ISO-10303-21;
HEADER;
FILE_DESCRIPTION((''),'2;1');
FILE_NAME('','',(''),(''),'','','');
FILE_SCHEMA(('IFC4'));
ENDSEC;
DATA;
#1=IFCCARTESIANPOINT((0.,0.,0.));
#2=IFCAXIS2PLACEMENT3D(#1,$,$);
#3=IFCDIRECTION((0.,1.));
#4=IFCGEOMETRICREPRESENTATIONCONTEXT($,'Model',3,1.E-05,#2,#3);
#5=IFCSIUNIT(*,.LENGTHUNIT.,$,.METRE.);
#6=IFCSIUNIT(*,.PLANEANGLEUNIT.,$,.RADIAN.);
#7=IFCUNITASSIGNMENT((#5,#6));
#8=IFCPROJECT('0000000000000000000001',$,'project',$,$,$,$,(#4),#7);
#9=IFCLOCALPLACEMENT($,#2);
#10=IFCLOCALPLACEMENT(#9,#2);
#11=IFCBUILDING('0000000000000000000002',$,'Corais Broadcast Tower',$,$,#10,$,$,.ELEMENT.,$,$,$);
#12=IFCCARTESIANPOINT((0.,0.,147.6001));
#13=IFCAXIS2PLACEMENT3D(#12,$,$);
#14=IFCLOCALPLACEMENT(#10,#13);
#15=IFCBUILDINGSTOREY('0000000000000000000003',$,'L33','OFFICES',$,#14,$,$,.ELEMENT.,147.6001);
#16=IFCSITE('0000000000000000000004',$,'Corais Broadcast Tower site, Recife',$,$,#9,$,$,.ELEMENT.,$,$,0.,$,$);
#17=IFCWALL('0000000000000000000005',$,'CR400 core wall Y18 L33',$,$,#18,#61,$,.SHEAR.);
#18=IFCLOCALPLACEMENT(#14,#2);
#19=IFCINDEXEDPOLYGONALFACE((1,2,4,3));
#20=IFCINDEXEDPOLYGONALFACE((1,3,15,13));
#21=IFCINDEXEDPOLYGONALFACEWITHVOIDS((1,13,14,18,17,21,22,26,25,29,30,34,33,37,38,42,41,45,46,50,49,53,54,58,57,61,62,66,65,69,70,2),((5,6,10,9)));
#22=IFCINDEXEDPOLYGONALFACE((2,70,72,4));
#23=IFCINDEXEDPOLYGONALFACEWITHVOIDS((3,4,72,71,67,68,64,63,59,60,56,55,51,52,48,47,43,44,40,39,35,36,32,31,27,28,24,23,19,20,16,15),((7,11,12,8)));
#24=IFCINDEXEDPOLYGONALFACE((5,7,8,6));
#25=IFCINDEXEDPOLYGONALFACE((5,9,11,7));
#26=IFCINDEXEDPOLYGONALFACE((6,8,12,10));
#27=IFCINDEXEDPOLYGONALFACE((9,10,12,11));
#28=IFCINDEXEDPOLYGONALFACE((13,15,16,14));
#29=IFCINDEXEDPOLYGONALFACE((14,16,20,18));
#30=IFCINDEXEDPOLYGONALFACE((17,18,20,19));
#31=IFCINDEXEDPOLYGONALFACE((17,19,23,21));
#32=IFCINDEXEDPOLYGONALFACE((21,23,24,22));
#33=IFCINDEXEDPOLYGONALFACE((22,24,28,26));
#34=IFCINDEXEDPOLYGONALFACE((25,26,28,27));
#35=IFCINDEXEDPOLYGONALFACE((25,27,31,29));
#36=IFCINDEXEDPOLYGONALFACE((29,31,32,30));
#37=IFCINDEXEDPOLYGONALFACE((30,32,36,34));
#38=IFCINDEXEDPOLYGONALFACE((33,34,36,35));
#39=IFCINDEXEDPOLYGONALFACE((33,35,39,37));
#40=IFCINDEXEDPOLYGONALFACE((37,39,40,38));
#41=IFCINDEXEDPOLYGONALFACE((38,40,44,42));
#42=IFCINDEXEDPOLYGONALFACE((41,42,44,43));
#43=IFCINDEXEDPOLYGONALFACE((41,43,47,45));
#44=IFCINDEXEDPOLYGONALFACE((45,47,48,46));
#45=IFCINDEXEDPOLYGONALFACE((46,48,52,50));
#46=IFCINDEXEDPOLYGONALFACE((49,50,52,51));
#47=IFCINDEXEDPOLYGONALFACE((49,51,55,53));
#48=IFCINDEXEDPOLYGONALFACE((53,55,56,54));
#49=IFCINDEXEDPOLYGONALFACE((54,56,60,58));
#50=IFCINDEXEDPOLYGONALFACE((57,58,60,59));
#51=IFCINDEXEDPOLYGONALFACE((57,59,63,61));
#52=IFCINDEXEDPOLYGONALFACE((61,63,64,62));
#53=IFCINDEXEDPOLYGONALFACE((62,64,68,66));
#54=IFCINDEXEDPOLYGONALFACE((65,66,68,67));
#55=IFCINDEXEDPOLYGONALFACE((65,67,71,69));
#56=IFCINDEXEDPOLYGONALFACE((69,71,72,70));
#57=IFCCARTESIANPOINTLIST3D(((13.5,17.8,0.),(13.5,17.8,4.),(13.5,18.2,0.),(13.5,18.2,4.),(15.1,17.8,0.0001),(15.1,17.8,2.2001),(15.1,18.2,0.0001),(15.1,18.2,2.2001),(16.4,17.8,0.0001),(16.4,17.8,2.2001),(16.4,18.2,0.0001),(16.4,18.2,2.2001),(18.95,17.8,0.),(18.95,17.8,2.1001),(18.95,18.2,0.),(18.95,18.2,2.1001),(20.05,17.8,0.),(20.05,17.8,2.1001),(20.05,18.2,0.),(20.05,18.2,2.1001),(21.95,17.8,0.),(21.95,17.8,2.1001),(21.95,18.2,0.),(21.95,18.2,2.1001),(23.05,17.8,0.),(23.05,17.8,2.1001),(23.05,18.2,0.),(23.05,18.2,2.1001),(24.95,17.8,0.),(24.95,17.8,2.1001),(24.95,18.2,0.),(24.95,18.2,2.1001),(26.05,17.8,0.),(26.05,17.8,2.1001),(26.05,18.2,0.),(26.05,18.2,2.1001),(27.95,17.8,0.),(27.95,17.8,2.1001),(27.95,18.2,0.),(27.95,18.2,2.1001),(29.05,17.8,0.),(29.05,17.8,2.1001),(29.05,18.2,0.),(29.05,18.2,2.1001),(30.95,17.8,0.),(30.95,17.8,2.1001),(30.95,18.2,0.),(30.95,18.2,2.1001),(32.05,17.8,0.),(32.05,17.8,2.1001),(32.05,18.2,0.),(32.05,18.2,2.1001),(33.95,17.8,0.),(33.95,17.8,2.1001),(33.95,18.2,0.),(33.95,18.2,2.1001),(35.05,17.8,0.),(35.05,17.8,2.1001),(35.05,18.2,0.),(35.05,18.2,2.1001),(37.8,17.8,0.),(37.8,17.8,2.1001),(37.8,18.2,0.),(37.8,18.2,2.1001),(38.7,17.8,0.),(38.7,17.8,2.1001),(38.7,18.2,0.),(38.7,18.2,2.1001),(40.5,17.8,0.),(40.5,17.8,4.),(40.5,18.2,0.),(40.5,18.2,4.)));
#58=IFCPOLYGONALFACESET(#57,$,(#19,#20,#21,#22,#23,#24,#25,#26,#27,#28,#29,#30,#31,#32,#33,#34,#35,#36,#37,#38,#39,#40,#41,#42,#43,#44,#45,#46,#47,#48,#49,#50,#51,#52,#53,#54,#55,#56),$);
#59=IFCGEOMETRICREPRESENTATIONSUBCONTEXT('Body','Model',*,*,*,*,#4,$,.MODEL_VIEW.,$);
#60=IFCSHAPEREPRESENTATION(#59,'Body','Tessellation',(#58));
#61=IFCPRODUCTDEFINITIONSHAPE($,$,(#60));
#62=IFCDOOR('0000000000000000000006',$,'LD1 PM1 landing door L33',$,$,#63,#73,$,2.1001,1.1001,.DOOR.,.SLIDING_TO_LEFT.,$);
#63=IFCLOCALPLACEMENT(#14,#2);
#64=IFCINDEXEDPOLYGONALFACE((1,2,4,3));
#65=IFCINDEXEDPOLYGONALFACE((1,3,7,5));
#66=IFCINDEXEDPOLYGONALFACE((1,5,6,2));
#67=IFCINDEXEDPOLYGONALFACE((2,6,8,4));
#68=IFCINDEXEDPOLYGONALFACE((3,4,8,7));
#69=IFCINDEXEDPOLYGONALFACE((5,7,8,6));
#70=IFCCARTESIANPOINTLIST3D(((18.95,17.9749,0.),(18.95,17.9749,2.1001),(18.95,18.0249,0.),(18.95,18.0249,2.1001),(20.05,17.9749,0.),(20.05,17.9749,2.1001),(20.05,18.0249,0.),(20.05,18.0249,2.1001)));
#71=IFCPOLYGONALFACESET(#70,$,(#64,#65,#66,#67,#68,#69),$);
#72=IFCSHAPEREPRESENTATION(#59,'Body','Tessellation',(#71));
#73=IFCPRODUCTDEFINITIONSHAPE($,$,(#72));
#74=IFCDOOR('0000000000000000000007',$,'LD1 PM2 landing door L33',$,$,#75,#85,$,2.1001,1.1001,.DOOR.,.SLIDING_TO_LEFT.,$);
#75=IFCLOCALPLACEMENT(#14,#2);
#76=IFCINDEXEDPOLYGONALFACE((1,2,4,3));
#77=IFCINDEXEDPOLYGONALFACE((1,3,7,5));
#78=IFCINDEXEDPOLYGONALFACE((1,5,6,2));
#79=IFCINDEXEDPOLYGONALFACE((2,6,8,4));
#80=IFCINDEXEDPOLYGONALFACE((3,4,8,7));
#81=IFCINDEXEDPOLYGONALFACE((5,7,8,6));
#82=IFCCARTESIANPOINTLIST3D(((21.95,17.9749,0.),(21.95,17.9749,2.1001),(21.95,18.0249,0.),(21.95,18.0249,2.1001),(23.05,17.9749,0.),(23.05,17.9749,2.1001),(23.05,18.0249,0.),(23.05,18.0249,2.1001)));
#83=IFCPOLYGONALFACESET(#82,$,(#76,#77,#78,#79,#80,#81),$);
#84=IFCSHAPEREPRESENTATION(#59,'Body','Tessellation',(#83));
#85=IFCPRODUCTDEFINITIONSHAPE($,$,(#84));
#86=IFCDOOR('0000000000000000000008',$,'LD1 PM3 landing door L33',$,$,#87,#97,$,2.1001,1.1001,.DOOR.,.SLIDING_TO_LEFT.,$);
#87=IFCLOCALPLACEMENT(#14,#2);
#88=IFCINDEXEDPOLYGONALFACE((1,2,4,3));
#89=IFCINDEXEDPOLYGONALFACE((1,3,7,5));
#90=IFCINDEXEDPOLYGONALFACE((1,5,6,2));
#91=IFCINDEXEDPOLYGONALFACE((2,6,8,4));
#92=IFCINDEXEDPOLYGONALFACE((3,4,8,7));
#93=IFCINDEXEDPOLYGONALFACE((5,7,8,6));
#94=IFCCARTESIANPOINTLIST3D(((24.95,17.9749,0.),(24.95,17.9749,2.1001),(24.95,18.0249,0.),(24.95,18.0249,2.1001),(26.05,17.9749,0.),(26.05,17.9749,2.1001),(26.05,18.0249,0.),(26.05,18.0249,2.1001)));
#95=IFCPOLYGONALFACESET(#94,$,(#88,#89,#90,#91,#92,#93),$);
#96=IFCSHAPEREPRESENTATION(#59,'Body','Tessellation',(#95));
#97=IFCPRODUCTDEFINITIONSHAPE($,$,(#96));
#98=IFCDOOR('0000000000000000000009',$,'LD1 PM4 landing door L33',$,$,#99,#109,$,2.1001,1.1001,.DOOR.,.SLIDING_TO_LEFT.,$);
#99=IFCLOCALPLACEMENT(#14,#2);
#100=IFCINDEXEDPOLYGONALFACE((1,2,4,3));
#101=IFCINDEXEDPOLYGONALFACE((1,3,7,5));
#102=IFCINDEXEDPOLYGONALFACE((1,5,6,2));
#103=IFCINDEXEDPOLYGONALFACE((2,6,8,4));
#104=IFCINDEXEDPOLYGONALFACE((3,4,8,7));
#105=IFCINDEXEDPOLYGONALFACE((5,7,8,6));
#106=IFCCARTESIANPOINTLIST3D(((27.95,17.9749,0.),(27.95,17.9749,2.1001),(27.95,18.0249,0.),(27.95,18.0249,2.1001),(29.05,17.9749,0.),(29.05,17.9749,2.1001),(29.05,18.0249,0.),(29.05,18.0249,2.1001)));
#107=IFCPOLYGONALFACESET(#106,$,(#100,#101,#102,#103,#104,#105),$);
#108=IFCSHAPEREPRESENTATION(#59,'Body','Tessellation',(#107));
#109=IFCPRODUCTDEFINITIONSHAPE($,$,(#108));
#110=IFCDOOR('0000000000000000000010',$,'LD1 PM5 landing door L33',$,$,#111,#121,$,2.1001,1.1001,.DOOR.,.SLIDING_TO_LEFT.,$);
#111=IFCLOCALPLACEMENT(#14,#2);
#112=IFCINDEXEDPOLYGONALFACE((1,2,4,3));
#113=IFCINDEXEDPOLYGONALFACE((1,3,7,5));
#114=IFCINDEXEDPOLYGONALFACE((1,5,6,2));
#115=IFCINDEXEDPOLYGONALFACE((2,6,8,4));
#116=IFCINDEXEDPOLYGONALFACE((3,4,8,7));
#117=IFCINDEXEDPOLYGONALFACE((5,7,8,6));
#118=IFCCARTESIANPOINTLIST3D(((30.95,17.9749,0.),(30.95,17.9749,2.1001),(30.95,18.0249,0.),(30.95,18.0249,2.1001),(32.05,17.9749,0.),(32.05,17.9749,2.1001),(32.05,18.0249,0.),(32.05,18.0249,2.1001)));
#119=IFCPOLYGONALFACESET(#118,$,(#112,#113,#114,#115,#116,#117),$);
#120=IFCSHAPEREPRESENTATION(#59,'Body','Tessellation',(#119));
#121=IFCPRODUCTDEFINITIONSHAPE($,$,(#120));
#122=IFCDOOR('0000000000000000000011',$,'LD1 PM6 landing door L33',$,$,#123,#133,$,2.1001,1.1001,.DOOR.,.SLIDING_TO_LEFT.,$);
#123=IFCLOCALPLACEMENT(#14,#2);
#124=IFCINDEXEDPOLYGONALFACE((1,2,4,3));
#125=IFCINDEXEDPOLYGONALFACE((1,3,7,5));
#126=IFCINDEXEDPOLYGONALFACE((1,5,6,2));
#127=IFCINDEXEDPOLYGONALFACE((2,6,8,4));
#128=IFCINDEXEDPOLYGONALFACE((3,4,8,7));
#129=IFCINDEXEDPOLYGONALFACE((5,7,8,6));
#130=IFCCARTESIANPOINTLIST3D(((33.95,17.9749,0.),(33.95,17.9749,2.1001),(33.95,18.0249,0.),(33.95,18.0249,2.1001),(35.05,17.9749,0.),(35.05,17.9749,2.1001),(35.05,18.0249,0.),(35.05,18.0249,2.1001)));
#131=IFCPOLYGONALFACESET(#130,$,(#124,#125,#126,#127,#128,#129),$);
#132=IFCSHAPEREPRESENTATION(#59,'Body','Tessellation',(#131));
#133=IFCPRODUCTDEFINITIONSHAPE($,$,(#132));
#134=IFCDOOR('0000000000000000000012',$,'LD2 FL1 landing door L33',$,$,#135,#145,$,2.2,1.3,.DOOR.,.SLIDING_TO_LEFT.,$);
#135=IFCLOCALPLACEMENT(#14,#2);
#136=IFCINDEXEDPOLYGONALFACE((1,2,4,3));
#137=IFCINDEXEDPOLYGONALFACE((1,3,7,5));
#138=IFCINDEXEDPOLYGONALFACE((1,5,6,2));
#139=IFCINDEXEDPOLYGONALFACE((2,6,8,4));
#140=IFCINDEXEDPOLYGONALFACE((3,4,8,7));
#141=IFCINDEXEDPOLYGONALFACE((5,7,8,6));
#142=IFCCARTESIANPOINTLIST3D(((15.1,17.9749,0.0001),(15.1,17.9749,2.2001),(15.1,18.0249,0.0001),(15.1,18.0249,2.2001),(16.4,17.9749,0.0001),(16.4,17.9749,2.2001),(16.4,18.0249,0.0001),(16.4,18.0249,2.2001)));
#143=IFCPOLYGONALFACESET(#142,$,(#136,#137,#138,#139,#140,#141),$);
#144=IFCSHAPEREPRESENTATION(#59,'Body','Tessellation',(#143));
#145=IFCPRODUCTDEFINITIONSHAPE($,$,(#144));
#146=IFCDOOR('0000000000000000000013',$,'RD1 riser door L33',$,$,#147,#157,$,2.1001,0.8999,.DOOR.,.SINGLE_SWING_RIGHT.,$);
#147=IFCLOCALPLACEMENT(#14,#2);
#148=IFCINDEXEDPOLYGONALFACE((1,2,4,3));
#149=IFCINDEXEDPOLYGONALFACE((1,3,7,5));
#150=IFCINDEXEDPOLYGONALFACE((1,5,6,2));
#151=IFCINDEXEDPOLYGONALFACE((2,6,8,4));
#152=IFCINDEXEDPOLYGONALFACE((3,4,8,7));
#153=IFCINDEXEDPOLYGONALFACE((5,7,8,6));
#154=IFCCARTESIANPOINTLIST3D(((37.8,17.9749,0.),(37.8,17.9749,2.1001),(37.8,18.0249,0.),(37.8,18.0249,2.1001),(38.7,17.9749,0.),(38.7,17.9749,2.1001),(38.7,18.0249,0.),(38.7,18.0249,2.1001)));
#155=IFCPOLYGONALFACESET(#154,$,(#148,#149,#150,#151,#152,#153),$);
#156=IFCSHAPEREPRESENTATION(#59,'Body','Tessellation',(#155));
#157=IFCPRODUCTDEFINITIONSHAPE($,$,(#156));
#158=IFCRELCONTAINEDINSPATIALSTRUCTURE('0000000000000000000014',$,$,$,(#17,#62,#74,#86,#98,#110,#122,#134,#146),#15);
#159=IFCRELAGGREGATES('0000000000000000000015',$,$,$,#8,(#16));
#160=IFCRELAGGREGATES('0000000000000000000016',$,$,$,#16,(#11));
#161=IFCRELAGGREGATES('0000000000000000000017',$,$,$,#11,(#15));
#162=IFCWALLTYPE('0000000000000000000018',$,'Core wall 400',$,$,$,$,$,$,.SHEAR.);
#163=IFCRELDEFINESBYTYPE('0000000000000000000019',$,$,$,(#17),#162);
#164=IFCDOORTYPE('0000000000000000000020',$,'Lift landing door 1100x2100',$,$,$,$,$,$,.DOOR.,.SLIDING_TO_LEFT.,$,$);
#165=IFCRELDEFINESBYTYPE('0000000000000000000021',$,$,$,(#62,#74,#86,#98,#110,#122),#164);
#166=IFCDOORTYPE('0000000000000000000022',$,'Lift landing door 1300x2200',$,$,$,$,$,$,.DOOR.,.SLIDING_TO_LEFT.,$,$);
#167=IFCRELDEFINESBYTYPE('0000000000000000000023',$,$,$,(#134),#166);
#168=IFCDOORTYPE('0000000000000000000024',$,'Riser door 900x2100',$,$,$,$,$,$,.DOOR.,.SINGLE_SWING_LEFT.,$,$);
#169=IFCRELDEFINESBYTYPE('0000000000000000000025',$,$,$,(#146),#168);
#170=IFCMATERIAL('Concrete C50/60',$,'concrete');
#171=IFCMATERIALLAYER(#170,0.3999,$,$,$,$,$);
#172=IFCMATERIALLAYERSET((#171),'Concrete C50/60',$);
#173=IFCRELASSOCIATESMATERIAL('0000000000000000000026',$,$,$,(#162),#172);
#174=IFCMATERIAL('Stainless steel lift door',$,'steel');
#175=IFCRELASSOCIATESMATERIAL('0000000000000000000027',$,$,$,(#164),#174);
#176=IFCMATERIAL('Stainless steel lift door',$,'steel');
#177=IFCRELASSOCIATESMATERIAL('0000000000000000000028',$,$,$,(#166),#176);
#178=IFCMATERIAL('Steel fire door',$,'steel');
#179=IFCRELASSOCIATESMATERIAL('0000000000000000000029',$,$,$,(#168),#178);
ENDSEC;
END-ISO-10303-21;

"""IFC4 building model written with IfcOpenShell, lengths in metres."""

from ifc_helpers import new_model, si_unit, direction, frame, frame_2d, origin, place, context, subcontext, project, spatial, rectangle, extrude, material, layer, layer_set, type_object, element, fill, save


model = new_model("IFC4")

# Units and contexts
model_context = context("Model", 3, precision=1e-05, world=origin(), true_north=direction((0.0, 1.0)))
body_context = subcontext(model_context, "Body", "Model", "MODEL_VIEW")
ifc_project = project(units=[si_unit("LENGTHUNIT", "METRE"), si_unit("PLANEANGLEUNIT", "RADIAN")], contexts=[model_context])

# Site, building, storey
site_placement = place(None, origin())
site = spatial("IfcSite", under=ifc_project, at=site_placement, Name="Corais Broadcast Tower site, Recife", CompositionType="ELEMENT", RefElevation=0.0)
building_placement = place(site_placement, origin())
building = spatial("IfcBuilding", under=site, at=building_placement, Name="Corais Broadcast Tower", CompositionType="ELEMENT")
storey_placement = place(building_placement, frame((0.0, 0.0, 147.6001)))
storey = spatial("IfcBuildingStorey", under=building, at=storey_placement, Name="L33", Description="OFFICES", CompositionType="ELEMENT", Elevation=147.6001)

# Shared definitions
ifc_material_1 = material(Name="Concrete C50/60", Category="concrete")
ifc_layer_1 = layer(ifc_material_1, 0.3999)
ifc_layer_set_1 = layer_set([ifc_layer_1], Name="Concrete C50/60")
wall_type_1 = type_object("IfcWallType", Name="Core wall 400", PredefinedType="SHEAR", material=ifc_layer_set_1)

# Wall, openings, doors
wall_1_placement = place(storey_placement, frame((13.5, 18.0, 0.0), z_axis=(0.0, 0.0, 1.0), x_axis=(1.0, 0.0, 0.0)))
wall_1 = element("IfcWall", 1, at=wall_1_placement, inside=storey, type_object=wall_type_1, Name="CR400 core wall Y18 L33", PredefinedType="SHEAR", context=body_context, shape_type="SweptSolid", body=[
    extrude(rectangle(XDim=27.0, YDim=0.3999, at=frame_2d((13.5, 0.0))), origin(), (0.0, 0.0, 1.0), 4.0),
])
opening_1_placement = place(wall_1_placement, frame((24.3, 0.0, 0.0)))
opening_1 = element("IfcOpeningElement", 2, at=opening_1_placement, cuts=wall_1, PredefinedType="OPENING", context=body_context, shape_type="SweptSolid", body=[
    extrude(rectangle(XDim=0.8999, YDim=2.1001, at=frame_2d((0.45, 1.05))), frame((0.0, 0.21, 0.0), z_axis=(0.0, -1.0, 0.0), x_axis=(1.0, 0.0, 0.0)), (0.0, 0.0, 1.0), 0.4199),
])
opening_2_placement = place(wall_1_placement, frame((5.45, 0.0, 0.0)))
opening_2 = element("IfcOpeningElement", 3, at=opening_2_placement, cuts=wall_1, PredefinedType="OPENING", context=body_context, shape_type="SweptSolid", body=[
    extrude(rectangle(XDim=1.1001, YDim=2.1001, at=frame_2d((0.55, 1.05))), frame((0.0, 0.21, 0.0), z_axis=(0.0, -1.0, 0.0), x_axis=(1.0, 0.0, 0.0)), (0.0, 0.0, 1.0), 0.4199),
])
opening_3_placement = place(wall_1_placement, frame((8.45, 0.0, 0.0)))
opening_3 = element("IfcOpeningElement", 4, at=opening_3_placement, cuts=wall_1, PredefinedType="OPENING", context=body_context, shape_type="SweptSolid", body=[
    extrude(rectangle(XDim=1.1001, YDim=2.1001, at=frame_2d((0.55, 1.05))), frame((0.0, 0.21, 0.0), z_axis=(0.0, -1.0, 0.0), x_axis=(1.0, 0.0, 0.0)), (0.0, 0.0, 1.0), 0.4199),
])
opening_4_placement = place(wall_1_placement, frame((11.45, 0.0, 0.0)))
opening_4 = element("IfcOpeningElement", 5, at=opening_4_placement, cuts=wall_1, PredefinedType="OPENING", context=body_context, shape_type="SweptSolid", body=[
    extrude(rectangle(XDim=1.1001, YDim=2.1001, at=frame_2d((0.55, 1.05))), frame((0.0, 0.21, 0.0), z_axis=(0.0, -1.0, 0.0), x_axis=(1.0, 0.0, 0.0)), (0.0, 0.0, 1.0), 0.4199),
])
opening_5_placement = place(wall_1_placement, frame((14.45, 0.0, 0.0)))
opening_5 = element("IfcOpeningElement", 6, at=opening_5_placement, cuts=wall_1, PredefinedType="OPENING", context=body_context, shape_type="SweptSolid", body=[
    extrude(rectangle(XDim=1.1001, YDim=2.1001, at=frame_2d((0.55, 1.05))), frame((0.0, 0.21, 0.0), z_axis=(0.0, -1.0, 0.0), x_axis=(1.0, 0.0, 0.0)), (0.0, 0.0, 1.0), 0.4199),
])
opening_6_placement = place(wall_1_placement, frame((17.45, 0.0, 0.0)))
opening_6 = element("IfcOpeningElement", 7, at=opening_6_placement, cuts=wall_1, PredefinedType="OPENING", context=body_context, shape_type="SweptSolid", body=[
    extrude(rectangle(XDim=1.1001, YDim=2.1001, at=frame_2d((0.55, 1.05))), frame((0.0, 0.21, 0.0), z_axis=(0.0, -1.0, 0.0), x_axis=(1.0, 0.0, 0.0)), (0.0, 0.0, 1.0), 0.4199),
])
opening_7_placement = place(wall_1_placement, frame((20.45, 0.0, 0.0)))
opening_7 = element("IfcOpeningElement", 8, at=opening_7_placement, cuts=wall_1, PredefinedType="OPENING", context=body_context, shape_type="SweptSolid", body=[
    extrude(rectangle(XDim=1.1001, YDim=2.1001, at=frame_2d((0.55, 1.05))), frame((0.0, 0.21, 0.0), z_axis=(0.0, -1.0, 0.0), x_axis=(1.0, 0.0, 0.0)), (0.0, 0.0, 1.0), 0.4199),
])
opening_8_placement = place(wall_1_placement, frame((1.6001, 0.0, 0.0)))
opening_8 = element("IfcOpeningElement", 9, at=opening_8_placement, cuts=wall_1, PredefinedType="OPENING", context=body_context, shape_type="SweptSolid", body=[
    extrude(rectangle(XDim=1.3, YDim=2.2, at=frame_2d((0.6499, 1.1001))), frame((0.0, 0.21, 0.0), z_axis=(0.0, -1.0, 0.0), x_axis=(1.0, 0.0, 0.0)), (0.0, 0.0, 1.0), 0.4199),
])
ifc_material_2 = material(Name="Stainless steel lift door", Category="steel")
door_type_1 = type_object("IfcDoorType", Name="Lift landing door 1100x2100", OperationType="SLIDING_TO_LEFT", PredefinedType="DOOR", material=ifc_material_2)
door_1_placement = place(opening_2_placement, origin())
door_1 = element("IfcDoor", 10, at=door_1_placement, inside=storey, type_object=door_type_1, Name="LD1 PM1 landing door L33", OperationType="SLIDING_TO_LEFT", OverallHeight=2.1001, OverallWidth=1.1001, PredefinedType="DOOR", context=body_context, shape_type="SweptSolid", body=[
    extrude(rectangle(XDim=1.1001, YDim=2.1001, at=frame_2d((0.55, 1.05))), frame((0.0, 0.0249, 0.0), z_axis=(0.0, -1.0, 0.0), x_axis=(1.0, 0.0, 0.0)), (0.0, 0.0, 1.0), 0.05),
])
fill(opening_2, door_1)
door_2_placement = place(opening_3_placement, origin())
door_2 = element("IfcDoor", 11, at=door_2_placement, inside=storey, type_object=door_type_1, Name="LD1 PM2 landing door L33", OperationType="SLIDING_TO_LEFT", OverallHeight=2.1001, OverallWidth=1.1001, PredefinedType="DOOR", context=body_context, shape_type="SweptSolid", body=[
    extrude(rectangle(XDim=1.1001, YDim=2.1001, at=frame_2d((0.55, 1.05))), frame((0.0, 0.0249, 0.0), z_axis=(0.0, -1.0, 0.0), x_axis=(1.0, 0.0, 0.0)), (0.0, 0.0, 1.0), 0.05),
])
fill(opening_3, door_2)
door_3_placement = place(opening_4_placement, origin())
door_3 = element("IfcDoor", 12, at=door_3_placement, inside=storey, type_object=door_type_1, Name="LD1 PM3 landing door L33", OperationType="SLIDING_TO_LEFT", OverallHeight=2.1001, OverallWidth=1.1001, PredefinedType="DOOR", context=body_context, shape_type="SweptSolid", body=[
    extrude(rectangle(XDim=1.1001, YDim=2.1001, at=frame_2d((0.55, 1.05))), frame((0.0, 0.0249, 0.0), z_axis=(0.0, -1.0, 0.0), x_axis=(1.0, 0.0, 0.0)), (0.0, 0.0, 1.0), 0.05),
])
fill(opening_4, door_3)
door_4_placement = place(opening_5_placement, origin())
door_4 = element("IfcDoor", 13, at=door_4_placement, inside=storey, type_object=door_type_1, Name="LD1 PM4 landing door L33", OperationType="SLIDING_TO_LEFT", OverallHeight=2.1001, OverallWidth=1.1001, PredefinedType="DOOR", context=body_context, shape_type="SweptSolid", body=[
    extrude(rectangle(XDim=1.1001, YDim=2.1001, at=frame_2d((0.55, 1.05))), frame((0.0, 0.0249, 0.0), z_axis=(0.0, -1.0, 0.0), x_axis=(1.0, 0.0, 0.0)), (0.0, 0.0, 1.0), 0.05),
])
fill(opening_5, door_4)
door_5_placement = place(opening_6_placement, origin())
door_5 = element("IfcDoor", 14, at=door_5_placement, inside=storey, type_object=door_type_1, Name="LD1 PM5 landing door L33", OperationType="SLIDING_TO_LEFT", OverallHeight=2.1001, OverallWidth=1.1001, PredefinedType="DOOR", context=body_context, shape_type="SweptSolid", body=[
    extrude(rectangle(XDim=1.1001, YDim=2.1001, at=frame_2d((0.55, 1.05))), frame((0.0, 0.0249, 0.0), z_axis=(0.0, -1.0, 0.0), x_axis=(1.0, 0.0, 0.0)), (0.0, 0.0, 1.0), 0.05),
])
fill(opening_6, door_5)
door_6_placement = place(opening_7_placement, origin())
door_6 = element("IfcDoor", 15, at=door_6_placement, inside=storey, type_object=door_type_1, Name="LD1 PM6 landing door L33", OperationType="SLIDING_TO_LEFT", OverallHeight=2.1001, OverallWidth=1.1001, PredefinedType="DOOR", context=body_context, shape_type="SweptSolid", body=[
    extrude(rectangle(XDim=1.1001, YDim=2.1001, at=frame_2d((0.55, 1.05))), frame((0.0, 0.0249, 0.0), z_axis=(0.0, -1.0, 0.0), x_axis=(1.0, 0.0, 0.0)), (0.0, 0.0, 1.0), 0.05),
])
fill(opening_7, door_6)
ifc_material_3 = material(Name="Stainless steel lift door", Category="steel")
door_type_2 = type_object("IfcDoorType", Name="Lift landing door 1300x2200", OperationType="SLIDING_TO_LEFT", PredefinedType="DOOR", material=ifc_material_3)
door_7_placement = place(opening_8_placement, origin())
door_7 = element("IfcDoor", 16, at=door_7_placement, inside=storey, type_object=door_type_2, Name="LD2 FL1 landing door L33", OperationType="SLIDING_TO_LEFT", OverallHeight=2.2, OverallWidth=1.3, PredefinedType="DOOR", context=body_context, shape_type="SweptSolid", body=[
    extrude(rectangle(XDim=1.3, YDim=2.2, at=frame_2d((0.6499, 1.1001))), frame((0.0, 0.0249, 0.0), z_axis=(0.0, -1.0, 0.0), x_axis=(1.0, 0.0, 0.0)), (0.0, 0.0, 1.0), 0.05),
])
fill(opening_8, door_7)
ifc_material_4 = material(Name="Steel fire door", Category="steel")
door_type_3 = type_object("IfcDoorType", Name="Riser door 900x2100", OperationType="SINGLE_SWING_LEFT", PredefinedType="DOOR", material=ifc_material_4)
door_8_placement = place(opening_1_placement, origin())
door_8 = element("IfcDoor", 17, at=door_8_placement, inside=storey, type_object=door_type_3, Name="RD1 riser door L33", OperationType="SINGLE_SWING_RIGHT", OverallHeight=2.1001, OverallWidth=0.8999, PredefinedType="DOOR", context=body_context, shape_type="SweptSolid", body=[
    extrude(rectangle(XDim=0.8999, YDim=2.1001, at=frame_2d((0.45, 1.05))), frame((0.0, 0.0249, 0.0), z_axis=(0.0, -1.0, 0.0), x_axis=(1.0, 0.0, 0.0)), (0.0, 0.0, 1.0), 0.05),
])
fill(opening_1, door_8)

save(model, "model.ifc")
